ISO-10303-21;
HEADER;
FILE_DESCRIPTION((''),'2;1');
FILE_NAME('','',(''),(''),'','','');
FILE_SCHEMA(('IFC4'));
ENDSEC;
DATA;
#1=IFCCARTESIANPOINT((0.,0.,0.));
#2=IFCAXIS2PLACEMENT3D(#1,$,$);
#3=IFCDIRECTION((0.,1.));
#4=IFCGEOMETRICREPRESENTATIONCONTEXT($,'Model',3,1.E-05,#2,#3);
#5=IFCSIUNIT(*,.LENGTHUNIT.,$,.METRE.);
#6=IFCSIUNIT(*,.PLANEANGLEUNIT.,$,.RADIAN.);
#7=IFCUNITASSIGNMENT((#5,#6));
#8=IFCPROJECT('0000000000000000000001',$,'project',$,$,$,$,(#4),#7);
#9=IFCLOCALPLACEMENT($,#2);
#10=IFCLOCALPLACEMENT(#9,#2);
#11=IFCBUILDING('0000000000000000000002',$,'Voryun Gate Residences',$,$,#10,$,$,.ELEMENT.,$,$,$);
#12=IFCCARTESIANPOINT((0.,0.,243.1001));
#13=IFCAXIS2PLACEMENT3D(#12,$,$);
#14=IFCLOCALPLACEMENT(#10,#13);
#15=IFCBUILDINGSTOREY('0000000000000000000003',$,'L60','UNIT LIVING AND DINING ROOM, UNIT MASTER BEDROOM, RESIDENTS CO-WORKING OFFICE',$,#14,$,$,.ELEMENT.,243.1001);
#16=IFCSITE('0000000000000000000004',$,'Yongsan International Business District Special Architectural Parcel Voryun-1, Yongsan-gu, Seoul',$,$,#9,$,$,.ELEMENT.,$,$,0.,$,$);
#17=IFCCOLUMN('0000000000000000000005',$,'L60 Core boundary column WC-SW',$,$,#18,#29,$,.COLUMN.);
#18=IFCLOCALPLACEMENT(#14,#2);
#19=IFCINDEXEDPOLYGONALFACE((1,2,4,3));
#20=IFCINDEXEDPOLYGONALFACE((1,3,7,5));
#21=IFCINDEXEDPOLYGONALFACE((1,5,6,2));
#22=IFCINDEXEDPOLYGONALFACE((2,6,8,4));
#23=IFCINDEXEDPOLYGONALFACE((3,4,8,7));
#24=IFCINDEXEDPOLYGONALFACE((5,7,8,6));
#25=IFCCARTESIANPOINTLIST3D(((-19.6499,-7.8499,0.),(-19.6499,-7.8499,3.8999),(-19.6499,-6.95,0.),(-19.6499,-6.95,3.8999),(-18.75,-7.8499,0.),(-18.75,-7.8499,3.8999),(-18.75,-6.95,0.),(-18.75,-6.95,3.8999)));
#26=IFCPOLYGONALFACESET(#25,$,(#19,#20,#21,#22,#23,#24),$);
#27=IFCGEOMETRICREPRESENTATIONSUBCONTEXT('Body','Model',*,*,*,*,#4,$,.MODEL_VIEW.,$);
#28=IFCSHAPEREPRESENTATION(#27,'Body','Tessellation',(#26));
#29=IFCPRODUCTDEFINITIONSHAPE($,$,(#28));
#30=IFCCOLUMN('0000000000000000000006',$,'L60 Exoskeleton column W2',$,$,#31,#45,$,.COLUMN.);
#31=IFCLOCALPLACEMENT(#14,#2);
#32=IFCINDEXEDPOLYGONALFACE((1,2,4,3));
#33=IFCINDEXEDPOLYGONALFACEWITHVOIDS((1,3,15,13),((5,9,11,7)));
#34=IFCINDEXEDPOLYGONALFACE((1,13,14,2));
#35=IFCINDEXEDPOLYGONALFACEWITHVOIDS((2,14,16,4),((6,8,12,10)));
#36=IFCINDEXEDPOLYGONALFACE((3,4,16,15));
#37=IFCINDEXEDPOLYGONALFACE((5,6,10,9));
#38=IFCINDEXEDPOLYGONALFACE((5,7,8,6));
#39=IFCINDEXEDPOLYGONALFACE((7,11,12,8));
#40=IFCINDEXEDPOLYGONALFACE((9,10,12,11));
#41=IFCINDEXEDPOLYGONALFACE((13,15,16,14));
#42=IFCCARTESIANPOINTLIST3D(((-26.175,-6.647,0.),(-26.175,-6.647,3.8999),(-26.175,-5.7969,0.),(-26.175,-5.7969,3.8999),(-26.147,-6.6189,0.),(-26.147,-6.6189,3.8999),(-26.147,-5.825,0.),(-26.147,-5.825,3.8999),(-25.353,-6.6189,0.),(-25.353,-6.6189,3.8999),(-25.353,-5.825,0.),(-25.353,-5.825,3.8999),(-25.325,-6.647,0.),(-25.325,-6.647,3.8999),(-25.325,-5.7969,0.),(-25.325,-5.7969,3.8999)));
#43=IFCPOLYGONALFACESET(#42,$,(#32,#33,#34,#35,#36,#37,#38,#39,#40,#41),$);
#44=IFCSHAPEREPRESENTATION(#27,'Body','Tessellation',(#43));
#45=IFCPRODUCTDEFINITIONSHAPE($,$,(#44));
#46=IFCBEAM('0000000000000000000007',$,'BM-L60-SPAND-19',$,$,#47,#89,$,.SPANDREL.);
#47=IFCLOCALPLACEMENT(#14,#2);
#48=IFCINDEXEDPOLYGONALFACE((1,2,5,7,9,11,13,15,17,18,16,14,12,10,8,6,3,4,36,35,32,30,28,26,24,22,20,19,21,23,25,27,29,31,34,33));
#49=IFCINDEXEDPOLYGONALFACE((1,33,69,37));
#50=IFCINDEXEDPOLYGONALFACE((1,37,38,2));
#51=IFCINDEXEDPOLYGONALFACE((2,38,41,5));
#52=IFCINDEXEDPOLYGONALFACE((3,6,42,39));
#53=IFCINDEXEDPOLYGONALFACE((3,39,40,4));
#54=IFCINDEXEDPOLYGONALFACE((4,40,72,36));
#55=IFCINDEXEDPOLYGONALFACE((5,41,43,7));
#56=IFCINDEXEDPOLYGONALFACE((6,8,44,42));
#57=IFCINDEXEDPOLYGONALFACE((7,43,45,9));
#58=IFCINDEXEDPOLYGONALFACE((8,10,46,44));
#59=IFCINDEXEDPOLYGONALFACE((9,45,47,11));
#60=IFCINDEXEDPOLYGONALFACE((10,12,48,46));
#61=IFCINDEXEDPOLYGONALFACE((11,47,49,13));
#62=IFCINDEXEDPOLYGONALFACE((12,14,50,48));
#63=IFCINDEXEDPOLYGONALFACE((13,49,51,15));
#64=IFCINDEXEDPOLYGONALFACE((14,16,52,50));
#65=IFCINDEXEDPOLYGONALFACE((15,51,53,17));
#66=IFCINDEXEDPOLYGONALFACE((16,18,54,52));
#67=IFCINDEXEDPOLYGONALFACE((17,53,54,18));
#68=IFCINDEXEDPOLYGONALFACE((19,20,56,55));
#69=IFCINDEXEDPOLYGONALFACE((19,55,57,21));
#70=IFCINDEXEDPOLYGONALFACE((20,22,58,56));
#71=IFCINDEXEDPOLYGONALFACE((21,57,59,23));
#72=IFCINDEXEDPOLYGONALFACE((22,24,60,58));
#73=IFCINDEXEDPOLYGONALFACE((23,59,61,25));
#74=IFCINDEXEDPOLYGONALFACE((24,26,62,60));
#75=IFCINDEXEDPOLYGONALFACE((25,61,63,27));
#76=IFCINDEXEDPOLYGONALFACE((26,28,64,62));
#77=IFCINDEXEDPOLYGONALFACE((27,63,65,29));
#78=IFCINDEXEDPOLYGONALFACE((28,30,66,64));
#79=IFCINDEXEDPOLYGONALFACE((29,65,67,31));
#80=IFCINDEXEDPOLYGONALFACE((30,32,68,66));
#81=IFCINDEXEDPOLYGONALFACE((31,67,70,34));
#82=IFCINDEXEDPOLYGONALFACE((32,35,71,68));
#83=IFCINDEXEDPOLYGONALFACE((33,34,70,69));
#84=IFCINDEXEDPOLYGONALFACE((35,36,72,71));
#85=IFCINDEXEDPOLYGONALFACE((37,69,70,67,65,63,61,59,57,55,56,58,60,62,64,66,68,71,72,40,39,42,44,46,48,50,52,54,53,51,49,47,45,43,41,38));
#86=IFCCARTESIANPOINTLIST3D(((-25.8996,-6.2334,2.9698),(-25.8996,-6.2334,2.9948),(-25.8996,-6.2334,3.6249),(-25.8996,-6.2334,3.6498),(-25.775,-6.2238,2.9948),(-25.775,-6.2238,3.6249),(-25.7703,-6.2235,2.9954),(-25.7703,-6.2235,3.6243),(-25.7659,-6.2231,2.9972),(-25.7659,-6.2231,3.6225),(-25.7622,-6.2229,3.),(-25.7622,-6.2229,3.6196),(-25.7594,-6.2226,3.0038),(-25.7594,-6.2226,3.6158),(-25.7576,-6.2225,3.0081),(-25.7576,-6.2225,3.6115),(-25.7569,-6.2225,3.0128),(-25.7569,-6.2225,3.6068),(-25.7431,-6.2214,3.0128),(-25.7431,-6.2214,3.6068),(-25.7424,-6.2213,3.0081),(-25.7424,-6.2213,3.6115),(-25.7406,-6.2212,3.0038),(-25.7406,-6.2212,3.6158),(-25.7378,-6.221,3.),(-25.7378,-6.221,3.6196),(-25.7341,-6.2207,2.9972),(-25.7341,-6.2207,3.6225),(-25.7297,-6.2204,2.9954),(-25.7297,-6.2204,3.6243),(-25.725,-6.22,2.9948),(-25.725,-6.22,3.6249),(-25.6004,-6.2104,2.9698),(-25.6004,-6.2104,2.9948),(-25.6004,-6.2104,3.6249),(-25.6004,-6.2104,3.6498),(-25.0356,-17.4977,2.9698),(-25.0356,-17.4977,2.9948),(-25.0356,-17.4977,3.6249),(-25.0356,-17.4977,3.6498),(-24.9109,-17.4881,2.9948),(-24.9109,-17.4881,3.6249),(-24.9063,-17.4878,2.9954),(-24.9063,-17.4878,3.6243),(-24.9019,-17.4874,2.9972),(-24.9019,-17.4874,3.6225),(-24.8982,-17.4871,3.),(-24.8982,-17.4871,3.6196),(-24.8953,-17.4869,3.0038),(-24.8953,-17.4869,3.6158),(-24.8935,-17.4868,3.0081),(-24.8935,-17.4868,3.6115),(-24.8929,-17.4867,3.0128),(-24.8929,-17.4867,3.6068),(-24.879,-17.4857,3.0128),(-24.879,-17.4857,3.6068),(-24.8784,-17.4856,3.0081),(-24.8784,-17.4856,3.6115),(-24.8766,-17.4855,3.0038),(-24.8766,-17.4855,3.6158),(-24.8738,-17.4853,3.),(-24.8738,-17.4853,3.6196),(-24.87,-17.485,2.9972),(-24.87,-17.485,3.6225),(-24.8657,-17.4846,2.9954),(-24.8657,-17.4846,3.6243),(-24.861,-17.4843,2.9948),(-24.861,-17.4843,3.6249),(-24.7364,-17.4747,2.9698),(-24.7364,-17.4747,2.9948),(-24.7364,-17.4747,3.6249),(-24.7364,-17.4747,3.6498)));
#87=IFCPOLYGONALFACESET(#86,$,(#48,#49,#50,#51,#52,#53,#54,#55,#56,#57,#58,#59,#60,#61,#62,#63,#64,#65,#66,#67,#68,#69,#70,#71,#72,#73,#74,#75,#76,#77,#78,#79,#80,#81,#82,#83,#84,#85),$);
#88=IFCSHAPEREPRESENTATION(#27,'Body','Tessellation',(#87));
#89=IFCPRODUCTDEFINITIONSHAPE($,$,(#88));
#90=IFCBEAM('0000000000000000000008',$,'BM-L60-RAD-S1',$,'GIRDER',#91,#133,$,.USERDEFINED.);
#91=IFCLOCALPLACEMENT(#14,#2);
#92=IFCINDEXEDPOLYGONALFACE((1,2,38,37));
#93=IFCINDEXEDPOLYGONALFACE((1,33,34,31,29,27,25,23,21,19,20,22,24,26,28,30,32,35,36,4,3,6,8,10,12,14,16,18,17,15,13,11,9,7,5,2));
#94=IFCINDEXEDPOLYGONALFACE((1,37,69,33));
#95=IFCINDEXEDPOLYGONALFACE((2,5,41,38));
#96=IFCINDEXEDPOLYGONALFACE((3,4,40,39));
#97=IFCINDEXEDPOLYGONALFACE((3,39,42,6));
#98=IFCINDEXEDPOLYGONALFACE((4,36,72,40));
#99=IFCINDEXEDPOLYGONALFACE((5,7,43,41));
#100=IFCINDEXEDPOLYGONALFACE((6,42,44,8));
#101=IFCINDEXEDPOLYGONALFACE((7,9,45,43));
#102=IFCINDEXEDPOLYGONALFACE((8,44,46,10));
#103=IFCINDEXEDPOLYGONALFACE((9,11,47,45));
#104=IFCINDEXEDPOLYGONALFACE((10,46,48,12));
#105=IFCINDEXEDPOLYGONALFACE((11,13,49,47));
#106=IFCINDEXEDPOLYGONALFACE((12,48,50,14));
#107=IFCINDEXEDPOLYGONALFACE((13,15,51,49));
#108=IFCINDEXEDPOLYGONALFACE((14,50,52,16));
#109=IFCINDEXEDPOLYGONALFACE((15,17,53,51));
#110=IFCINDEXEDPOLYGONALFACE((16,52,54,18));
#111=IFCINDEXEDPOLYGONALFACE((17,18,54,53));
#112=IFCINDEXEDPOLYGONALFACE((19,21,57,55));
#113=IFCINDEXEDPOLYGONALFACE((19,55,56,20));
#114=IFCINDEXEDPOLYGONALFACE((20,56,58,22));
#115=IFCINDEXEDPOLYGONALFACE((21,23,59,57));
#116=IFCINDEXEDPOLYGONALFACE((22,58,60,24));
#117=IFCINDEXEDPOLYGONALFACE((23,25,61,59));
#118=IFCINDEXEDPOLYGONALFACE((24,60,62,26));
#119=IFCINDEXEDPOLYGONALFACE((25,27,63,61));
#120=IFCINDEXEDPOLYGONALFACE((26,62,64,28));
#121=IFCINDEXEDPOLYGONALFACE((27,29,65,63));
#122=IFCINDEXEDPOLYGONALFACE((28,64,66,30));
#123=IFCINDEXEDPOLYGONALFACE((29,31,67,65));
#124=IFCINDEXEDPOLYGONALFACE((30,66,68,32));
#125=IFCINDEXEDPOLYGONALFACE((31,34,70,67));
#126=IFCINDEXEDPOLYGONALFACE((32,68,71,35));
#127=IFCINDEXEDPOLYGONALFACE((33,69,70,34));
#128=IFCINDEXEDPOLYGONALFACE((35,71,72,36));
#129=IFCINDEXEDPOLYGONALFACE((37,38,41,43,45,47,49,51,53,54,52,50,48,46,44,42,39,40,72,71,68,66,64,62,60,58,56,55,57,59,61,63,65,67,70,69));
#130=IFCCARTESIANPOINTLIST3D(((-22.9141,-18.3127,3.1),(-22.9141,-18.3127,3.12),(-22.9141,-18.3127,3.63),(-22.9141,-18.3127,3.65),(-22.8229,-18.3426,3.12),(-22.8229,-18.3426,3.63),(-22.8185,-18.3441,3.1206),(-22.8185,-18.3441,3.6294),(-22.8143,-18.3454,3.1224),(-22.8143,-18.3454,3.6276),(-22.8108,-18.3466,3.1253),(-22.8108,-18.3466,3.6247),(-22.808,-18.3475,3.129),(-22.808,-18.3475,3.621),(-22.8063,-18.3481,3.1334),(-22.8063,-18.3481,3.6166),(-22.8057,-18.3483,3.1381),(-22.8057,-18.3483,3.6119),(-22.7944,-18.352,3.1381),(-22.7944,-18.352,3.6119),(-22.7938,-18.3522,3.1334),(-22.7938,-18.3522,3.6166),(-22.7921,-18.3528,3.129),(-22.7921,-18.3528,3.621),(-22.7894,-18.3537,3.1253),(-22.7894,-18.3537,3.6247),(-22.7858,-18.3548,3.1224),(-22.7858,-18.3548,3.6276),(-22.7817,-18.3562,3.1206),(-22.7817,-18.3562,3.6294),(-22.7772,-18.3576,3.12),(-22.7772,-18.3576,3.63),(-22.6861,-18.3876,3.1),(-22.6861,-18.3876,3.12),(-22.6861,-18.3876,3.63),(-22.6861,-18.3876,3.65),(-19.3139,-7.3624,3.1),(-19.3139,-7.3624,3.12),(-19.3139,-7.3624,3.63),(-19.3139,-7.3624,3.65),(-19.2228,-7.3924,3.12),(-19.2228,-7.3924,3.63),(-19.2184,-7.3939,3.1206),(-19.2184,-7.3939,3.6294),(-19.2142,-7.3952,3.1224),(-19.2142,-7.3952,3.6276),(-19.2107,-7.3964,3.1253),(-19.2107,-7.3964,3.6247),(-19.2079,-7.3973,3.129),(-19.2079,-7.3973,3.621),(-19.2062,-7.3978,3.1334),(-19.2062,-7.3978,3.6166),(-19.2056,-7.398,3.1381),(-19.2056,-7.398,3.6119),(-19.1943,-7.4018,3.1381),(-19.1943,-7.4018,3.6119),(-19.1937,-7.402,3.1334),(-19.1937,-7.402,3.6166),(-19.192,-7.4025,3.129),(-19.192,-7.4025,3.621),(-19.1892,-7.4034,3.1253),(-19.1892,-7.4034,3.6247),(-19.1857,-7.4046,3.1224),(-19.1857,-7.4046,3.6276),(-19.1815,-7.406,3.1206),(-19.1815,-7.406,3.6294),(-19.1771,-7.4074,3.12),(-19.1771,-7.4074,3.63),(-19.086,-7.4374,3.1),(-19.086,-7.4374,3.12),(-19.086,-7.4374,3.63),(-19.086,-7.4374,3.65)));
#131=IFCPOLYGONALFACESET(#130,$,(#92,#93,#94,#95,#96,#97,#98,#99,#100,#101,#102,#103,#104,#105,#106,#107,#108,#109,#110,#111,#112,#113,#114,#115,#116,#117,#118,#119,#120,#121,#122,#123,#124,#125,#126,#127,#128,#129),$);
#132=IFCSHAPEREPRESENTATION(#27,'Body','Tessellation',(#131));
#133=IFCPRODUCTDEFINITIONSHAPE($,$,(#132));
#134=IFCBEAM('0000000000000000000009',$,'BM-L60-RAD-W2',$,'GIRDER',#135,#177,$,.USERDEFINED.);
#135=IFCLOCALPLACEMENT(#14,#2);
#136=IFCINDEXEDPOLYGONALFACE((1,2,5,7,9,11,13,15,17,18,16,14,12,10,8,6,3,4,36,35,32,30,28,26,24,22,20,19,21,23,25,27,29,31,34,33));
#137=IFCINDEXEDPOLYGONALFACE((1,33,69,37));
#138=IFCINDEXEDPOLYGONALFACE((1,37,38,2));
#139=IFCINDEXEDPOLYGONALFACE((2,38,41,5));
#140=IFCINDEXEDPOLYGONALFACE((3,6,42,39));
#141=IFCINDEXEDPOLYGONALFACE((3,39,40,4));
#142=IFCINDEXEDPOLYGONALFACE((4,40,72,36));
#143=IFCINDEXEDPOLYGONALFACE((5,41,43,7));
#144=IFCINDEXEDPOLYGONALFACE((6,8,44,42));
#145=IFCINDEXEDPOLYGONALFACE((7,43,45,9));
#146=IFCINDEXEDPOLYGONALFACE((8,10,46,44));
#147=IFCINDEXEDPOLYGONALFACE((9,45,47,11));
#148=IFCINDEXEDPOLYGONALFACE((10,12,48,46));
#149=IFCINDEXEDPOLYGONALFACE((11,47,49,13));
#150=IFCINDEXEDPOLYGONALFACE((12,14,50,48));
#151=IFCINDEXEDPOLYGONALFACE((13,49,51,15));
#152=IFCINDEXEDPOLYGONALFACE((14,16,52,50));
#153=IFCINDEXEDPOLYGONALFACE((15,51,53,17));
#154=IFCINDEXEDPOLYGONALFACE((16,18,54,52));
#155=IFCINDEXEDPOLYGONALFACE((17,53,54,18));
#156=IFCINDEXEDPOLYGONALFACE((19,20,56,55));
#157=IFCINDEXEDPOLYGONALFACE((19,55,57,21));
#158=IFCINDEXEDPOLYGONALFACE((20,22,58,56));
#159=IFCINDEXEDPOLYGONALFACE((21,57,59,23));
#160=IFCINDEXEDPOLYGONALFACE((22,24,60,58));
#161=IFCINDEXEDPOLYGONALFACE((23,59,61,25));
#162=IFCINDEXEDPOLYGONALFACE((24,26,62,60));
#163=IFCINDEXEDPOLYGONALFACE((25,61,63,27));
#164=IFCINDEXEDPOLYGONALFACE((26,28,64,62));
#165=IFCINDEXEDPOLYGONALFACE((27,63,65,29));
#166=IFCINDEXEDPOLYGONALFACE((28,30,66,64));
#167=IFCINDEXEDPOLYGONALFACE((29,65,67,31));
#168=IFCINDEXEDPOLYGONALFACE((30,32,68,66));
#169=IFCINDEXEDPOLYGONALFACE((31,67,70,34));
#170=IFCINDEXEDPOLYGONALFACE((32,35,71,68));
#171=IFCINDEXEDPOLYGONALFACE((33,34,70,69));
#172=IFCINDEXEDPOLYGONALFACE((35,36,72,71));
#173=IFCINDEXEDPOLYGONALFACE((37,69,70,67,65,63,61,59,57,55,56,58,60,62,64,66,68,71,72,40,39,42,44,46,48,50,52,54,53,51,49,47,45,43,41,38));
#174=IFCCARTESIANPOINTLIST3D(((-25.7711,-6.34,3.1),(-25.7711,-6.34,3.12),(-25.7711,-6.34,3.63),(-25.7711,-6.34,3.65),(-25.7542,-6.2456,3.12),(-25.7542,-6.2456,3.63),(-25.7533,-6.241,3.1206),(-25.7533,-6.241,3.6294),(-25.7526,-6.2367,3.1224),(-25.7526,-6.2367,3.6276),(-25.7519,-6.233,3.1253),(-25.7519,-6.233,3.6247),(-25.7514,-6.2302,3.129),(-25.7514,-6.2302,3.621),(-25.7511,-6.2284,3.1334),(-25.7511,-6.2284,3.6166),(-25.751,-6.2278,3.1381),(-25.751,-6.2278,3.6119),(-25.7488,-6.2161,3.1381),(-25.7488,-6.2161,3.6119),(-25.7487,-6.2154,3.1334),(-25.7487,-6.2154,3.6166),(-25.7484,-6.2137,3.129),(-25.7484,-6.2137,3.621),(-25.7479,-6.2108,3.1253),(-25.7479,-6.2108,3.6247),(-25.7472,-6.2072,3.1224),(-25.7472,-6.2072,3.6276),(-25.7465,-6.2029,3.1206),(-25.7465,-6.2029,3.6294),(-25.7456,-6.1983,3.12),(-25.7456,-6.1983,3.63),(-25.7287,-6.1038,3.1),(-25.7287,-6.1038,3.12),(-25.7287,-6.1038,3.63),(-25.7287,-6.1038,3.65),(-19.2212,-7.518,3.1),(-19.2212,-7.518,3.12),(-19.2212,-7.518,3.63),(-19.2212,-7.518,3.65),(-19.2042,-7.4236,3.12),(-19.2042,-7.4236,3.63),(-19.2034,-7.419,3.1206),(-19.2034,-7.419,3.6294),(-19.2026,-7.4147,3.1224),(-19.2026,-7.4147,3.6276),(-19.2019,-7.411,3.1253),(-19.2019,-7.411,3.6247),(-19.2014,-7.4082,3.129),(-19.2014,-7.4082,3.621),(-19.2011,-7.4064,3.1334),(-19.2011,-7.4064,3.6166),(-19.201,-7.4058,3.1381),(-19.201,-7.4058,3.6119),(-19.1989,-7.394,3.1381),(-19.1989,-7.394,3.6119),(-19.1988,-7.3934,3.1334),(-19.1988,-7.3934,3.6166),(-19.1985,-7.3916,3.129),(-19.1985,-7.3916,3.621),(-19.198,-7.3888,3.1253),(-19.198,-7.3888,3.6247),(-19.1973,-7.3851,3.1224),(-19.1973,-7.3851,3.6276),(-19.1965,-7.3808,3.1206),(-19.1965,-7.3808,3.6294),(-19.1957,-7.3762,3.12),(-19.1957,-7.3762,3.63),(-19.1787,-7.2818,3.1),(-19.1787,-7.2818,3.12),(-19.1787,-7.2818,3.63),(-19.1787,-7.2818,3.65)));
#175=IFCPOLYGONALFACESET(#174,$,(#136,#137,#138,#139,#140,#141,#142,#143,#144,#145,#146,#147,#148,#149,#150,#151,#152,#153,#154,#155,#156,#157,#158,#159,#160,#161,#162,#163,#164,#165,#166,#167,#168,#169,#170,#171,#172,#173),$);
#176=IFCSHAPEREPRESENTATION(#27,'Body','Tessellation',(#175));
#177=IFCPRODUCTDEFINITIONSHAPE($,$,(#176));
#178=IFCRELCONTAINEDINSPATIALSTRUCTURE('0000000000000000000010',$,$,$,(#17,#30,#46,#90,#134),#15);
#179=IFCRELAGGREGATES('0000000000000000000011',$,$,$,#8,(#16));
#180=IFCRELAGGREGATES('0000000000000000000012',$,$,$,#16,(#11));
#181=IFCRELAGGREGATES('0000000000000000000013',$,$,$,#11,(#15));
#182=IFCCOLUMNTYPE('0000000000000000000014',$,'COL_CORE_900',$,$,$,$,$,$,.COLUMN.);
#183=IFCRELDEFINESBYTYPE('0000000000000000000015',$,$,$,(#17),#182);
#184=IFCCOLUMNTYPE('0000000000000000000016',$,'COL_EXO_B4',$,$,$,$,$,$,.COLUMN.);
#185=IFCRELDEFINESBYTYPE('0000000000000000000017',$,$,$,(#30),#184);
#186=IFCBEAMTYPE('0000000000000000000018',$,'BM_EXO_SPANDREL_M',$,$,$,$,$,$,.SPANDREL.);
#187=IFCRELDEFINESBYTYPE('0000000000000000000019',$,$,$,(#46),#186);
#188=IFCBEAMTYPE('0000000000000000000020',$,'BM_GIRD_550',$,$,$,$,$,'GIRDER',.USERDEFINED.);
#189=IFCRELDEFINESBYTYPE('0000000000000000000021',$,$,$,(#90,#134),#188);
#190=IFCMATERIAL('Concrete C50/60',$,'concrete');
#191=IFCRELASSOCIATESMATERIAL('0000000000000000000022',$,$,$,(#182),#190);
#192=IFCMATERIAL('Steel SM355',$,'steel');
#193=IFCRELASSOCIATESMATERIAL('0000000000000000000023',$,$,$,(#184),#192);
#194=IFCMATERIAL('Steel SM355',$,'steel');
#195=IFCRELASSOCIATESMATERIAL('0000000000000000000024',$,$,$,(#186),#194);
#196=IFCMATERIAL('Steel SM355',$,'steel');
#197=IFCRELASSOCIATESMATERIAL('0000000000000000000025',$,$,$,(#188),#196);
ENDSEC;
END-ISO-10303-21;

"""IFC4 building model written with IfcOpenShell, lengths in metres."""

from ifc_helpers import new_model, si_unit, direction, frame, origin, origin_2d, place, context, subcontext, project, spatial, rectangle, hollow_rectangle, i_section, extrude, material, material_profile, profile_set, type_object, element, save


model = new_model("IFC4")

# Units and contexts
model_context = context("Model", 3, precision=1e-05, world=origin(), true_north=direction((0.0, 1.0)))
body_context = subcontext(model_context, "Body", "Model", "MODEL_VIEW")
ifc_project = project(units=[si_unit("LENGTHUNIT", "METRE"), si_unit("PLANEANGLEUNIT", "RADIAN")], contexts=[model_context])

# Site, building, storey
site_placement = place(None, origin())
site = spatial("IfcSite", under=ifc_project, at=site_placement, Name="Yongsan International Business District Special Architectural Parcel Voryun-1, Yongsan-gu, Seoul", CompositionType="ELEMENT", RefElevation=0.0)
building_placement = place(site_placement, origin())
building = spatial("IfcBuilding", under=site, at=building_placement, Name="Voryun Gate Residences", CompositionType="ELEMENT")
storey_placement = place(building_placement, frame((0.0, 0.0, 243.1001)))
storey = spatial("IfcBuildingStorey", under=building, at=storey_placement, Name="L60", Description="UNIT LIVING AND DINING ROOM, UNIT MASTER BEDROOM, RESIDENTS CO-WORKING OFFICE", CompositionType="ELEMENT", Elevation=243.1001)

# Columns
ifc_material_1 = material(Name="Concrete C50/60", Category="concrete")
ifc_material_profile_1 = material_profile(ifc_material_1, rectangle(XDim=0.8999, YDim=0.8999, at=origin_2d()), Name="RC-900x900")
ifc_profile_set_1 = profile_set([ifc_material_profile_1], Name="Concrete C50/60")
column_type_1 = type_object("IfcColumnType", Name="COL_CORE_900", PredefinedType="COLUMN", material=ifc_profile_set_1)
column_1_placement = place(storey_placement, frame((-19.2, -7.3999, 0.0), z_axis=(0.0, 0.0, 1.0), x_axis=(1.0, 0.0, 0.0)))
element("IfcColumn", 1, at=column_1_placement, inside=storey, type_object=column_type_1, Name="L60 Core boundary column WC-SW", PredefinedType="COLUMN", context=body_context, shape_type="SweptSolid", body=[
    extrude(rectangle(XDim=0.8999, YDim=0.8999, at=origin_2d()), origin(), (0.0, 0.0, 1.0), 3.8999),
])
ifc_material_2 = material(Name="Steel SM355", Category="steel")
ifc_material_profile_2 = material_profile(ifc_material_2, hollow_rectangle(XDim=0.8501, YDim=0.8501, WallThickness=0.0281, at=origin_2d()), Name="BOX-850x850x28")
ifc_profile_set_2 = profile_set([ifc_material_profile_2], Name="Steel SM355")
column_type_2 = type_object("IfcColumnType", Name="COL_EXO_B4", PredefinedType="COLUMN", material=ifc_profile_set_2)
column_2_placement = place(storey_placement, frame((-25.75, -6.2219, 0.0), z_axis=(0.0, 0.0, 1.0), x_axis=(1.0, 0.0, 0.0)))
element("IfcColumn", 2, at=column_2_placement, inside=storey, type_object=column_type_2, Name="L60 Exoskeleton column W2", PredefinedType="COLUMN", context=body_context, shape_type="SweptSolid", body=[
    extrude(hollow_rectangle(XDim=0.8501, YDim=0.8501, WallThickness=0.0281, at=origin_2d()), origin(), (0.0, 0.0, 1.0), 3.8999),
])

# Beams
ifc_material_3 = material(Name="Steel SM355", Category="steel")
ifc_material_profile_3 = material_profile(ifc_material_3, i_section(OverallWidth=0.3, OverallDepth=0.6799, WebThickness=0.0139, FlangeThickness=0.0249, FilletRadius=0.0181, at=origin_2d()), Name="H-680x300x14x25")
ifc_profile_set_3 = profile_set([ifc_material_profile_3], Name="Steel SM355")
beam_type_1 = type_object("IfcBeamType", Name="BM_EXO_SPANDREL_M", PredefinedType="SPANDREL", material=ifc_profile_set_3)
beam_1_placement = place(storey_placement, frame((-25.75, -6.2219, 3.3098), z_axis=(0.07648, -0.997071, 0.0), x_axis=(0.997071, 0.07648, 0.0)))
element("IfcBeam", 3, at=beam_1_placement, inside=storey, type_object=beam_type_1, Name="BM-L60-SPAND-19", PredefinedType="SPANDREL", context=body_context, shape_type="SweptSolid", body=[
    extrude(i_section(OverallWidth=0.3, OverallDepth=0.6799, WebThickness=0.0139, FlangeThickness=0.0249, FilletRadius=0.0181, at=origin_2d()), origin(), (0.0, 0.0, 1.0), 11.2974),
])
ifc_material_4 = material(Name="Steel SM355", Category="steel")
ifc_material_profile_4 = material_profile(ifc_material_4, i_section(OverallWidth=0.24, OverallDepth=0.55, WebThickness=0.012, FlangeThickness=0.02, FilletRadius=0.0181, at=origin_2d()), Name="H-550x240x12x20")
ifc_profile_set_4 = profile_set([ifc_material_profile_4], Name="Steel SM355")
beam_type_2 = type_object("IfcBeamType", Name="BM_GIRD_550", ElementType="GIRDER", PredefinedType="USERDEFINED", material=ifc_profile_set_4)
beam_2_placement = place(storey_placement, frame((-19.2, -7.3999, 3.375), z_axis=(-0.312324, -0.949976, 0.0), x_axis=(0.949976, -0.312324, 0.0)))
element("IfcBeam", 4, at=beam_2_placement, inside=storey, type_object=beam_type_2, Name="BM-L60-RAD-S1", ObjectType="GIRDER", PredefinedType="USERDEFINED", context=body_context, shape_type="SweptSolid", body=[
    extrude(i_section(OverallWidth=0.24, OverallDepth=0.55, WebThickness=0.012, FlangeThickness=0.02, FilletRadius=0.0181, at=origin_2d()), origin(), (0.0, 0.0, 1.0), 11.5269),
])
beam_3_placement = place(storey_placement, frame((-19.2, -7.3999, 3.375), z_axis=(-0.98421, 0.177003, 0.0), x_axis=(-0.177003, -0.98421, 0.0)))
element("IfcBeam", 5, at=beam_3_placement, inside=storey, type_object=beam_type_2, Name="BM-L60-RAD-W2", ObjectType="GIRDER", PredefinedType="USERDEFINED", context=body_context, shape_type="SweptSolid", body=[
    extrude(i_section(OverallWidth=0.24, OverallDepth=0.55, WebThickness=0.012, FlangeThickness=0.02, FilletRadius=0.0181, at=origin_2d()), origin(), (0.0, 0.0, 1.0), 6.655),
])

save(model, "model.ifc")
